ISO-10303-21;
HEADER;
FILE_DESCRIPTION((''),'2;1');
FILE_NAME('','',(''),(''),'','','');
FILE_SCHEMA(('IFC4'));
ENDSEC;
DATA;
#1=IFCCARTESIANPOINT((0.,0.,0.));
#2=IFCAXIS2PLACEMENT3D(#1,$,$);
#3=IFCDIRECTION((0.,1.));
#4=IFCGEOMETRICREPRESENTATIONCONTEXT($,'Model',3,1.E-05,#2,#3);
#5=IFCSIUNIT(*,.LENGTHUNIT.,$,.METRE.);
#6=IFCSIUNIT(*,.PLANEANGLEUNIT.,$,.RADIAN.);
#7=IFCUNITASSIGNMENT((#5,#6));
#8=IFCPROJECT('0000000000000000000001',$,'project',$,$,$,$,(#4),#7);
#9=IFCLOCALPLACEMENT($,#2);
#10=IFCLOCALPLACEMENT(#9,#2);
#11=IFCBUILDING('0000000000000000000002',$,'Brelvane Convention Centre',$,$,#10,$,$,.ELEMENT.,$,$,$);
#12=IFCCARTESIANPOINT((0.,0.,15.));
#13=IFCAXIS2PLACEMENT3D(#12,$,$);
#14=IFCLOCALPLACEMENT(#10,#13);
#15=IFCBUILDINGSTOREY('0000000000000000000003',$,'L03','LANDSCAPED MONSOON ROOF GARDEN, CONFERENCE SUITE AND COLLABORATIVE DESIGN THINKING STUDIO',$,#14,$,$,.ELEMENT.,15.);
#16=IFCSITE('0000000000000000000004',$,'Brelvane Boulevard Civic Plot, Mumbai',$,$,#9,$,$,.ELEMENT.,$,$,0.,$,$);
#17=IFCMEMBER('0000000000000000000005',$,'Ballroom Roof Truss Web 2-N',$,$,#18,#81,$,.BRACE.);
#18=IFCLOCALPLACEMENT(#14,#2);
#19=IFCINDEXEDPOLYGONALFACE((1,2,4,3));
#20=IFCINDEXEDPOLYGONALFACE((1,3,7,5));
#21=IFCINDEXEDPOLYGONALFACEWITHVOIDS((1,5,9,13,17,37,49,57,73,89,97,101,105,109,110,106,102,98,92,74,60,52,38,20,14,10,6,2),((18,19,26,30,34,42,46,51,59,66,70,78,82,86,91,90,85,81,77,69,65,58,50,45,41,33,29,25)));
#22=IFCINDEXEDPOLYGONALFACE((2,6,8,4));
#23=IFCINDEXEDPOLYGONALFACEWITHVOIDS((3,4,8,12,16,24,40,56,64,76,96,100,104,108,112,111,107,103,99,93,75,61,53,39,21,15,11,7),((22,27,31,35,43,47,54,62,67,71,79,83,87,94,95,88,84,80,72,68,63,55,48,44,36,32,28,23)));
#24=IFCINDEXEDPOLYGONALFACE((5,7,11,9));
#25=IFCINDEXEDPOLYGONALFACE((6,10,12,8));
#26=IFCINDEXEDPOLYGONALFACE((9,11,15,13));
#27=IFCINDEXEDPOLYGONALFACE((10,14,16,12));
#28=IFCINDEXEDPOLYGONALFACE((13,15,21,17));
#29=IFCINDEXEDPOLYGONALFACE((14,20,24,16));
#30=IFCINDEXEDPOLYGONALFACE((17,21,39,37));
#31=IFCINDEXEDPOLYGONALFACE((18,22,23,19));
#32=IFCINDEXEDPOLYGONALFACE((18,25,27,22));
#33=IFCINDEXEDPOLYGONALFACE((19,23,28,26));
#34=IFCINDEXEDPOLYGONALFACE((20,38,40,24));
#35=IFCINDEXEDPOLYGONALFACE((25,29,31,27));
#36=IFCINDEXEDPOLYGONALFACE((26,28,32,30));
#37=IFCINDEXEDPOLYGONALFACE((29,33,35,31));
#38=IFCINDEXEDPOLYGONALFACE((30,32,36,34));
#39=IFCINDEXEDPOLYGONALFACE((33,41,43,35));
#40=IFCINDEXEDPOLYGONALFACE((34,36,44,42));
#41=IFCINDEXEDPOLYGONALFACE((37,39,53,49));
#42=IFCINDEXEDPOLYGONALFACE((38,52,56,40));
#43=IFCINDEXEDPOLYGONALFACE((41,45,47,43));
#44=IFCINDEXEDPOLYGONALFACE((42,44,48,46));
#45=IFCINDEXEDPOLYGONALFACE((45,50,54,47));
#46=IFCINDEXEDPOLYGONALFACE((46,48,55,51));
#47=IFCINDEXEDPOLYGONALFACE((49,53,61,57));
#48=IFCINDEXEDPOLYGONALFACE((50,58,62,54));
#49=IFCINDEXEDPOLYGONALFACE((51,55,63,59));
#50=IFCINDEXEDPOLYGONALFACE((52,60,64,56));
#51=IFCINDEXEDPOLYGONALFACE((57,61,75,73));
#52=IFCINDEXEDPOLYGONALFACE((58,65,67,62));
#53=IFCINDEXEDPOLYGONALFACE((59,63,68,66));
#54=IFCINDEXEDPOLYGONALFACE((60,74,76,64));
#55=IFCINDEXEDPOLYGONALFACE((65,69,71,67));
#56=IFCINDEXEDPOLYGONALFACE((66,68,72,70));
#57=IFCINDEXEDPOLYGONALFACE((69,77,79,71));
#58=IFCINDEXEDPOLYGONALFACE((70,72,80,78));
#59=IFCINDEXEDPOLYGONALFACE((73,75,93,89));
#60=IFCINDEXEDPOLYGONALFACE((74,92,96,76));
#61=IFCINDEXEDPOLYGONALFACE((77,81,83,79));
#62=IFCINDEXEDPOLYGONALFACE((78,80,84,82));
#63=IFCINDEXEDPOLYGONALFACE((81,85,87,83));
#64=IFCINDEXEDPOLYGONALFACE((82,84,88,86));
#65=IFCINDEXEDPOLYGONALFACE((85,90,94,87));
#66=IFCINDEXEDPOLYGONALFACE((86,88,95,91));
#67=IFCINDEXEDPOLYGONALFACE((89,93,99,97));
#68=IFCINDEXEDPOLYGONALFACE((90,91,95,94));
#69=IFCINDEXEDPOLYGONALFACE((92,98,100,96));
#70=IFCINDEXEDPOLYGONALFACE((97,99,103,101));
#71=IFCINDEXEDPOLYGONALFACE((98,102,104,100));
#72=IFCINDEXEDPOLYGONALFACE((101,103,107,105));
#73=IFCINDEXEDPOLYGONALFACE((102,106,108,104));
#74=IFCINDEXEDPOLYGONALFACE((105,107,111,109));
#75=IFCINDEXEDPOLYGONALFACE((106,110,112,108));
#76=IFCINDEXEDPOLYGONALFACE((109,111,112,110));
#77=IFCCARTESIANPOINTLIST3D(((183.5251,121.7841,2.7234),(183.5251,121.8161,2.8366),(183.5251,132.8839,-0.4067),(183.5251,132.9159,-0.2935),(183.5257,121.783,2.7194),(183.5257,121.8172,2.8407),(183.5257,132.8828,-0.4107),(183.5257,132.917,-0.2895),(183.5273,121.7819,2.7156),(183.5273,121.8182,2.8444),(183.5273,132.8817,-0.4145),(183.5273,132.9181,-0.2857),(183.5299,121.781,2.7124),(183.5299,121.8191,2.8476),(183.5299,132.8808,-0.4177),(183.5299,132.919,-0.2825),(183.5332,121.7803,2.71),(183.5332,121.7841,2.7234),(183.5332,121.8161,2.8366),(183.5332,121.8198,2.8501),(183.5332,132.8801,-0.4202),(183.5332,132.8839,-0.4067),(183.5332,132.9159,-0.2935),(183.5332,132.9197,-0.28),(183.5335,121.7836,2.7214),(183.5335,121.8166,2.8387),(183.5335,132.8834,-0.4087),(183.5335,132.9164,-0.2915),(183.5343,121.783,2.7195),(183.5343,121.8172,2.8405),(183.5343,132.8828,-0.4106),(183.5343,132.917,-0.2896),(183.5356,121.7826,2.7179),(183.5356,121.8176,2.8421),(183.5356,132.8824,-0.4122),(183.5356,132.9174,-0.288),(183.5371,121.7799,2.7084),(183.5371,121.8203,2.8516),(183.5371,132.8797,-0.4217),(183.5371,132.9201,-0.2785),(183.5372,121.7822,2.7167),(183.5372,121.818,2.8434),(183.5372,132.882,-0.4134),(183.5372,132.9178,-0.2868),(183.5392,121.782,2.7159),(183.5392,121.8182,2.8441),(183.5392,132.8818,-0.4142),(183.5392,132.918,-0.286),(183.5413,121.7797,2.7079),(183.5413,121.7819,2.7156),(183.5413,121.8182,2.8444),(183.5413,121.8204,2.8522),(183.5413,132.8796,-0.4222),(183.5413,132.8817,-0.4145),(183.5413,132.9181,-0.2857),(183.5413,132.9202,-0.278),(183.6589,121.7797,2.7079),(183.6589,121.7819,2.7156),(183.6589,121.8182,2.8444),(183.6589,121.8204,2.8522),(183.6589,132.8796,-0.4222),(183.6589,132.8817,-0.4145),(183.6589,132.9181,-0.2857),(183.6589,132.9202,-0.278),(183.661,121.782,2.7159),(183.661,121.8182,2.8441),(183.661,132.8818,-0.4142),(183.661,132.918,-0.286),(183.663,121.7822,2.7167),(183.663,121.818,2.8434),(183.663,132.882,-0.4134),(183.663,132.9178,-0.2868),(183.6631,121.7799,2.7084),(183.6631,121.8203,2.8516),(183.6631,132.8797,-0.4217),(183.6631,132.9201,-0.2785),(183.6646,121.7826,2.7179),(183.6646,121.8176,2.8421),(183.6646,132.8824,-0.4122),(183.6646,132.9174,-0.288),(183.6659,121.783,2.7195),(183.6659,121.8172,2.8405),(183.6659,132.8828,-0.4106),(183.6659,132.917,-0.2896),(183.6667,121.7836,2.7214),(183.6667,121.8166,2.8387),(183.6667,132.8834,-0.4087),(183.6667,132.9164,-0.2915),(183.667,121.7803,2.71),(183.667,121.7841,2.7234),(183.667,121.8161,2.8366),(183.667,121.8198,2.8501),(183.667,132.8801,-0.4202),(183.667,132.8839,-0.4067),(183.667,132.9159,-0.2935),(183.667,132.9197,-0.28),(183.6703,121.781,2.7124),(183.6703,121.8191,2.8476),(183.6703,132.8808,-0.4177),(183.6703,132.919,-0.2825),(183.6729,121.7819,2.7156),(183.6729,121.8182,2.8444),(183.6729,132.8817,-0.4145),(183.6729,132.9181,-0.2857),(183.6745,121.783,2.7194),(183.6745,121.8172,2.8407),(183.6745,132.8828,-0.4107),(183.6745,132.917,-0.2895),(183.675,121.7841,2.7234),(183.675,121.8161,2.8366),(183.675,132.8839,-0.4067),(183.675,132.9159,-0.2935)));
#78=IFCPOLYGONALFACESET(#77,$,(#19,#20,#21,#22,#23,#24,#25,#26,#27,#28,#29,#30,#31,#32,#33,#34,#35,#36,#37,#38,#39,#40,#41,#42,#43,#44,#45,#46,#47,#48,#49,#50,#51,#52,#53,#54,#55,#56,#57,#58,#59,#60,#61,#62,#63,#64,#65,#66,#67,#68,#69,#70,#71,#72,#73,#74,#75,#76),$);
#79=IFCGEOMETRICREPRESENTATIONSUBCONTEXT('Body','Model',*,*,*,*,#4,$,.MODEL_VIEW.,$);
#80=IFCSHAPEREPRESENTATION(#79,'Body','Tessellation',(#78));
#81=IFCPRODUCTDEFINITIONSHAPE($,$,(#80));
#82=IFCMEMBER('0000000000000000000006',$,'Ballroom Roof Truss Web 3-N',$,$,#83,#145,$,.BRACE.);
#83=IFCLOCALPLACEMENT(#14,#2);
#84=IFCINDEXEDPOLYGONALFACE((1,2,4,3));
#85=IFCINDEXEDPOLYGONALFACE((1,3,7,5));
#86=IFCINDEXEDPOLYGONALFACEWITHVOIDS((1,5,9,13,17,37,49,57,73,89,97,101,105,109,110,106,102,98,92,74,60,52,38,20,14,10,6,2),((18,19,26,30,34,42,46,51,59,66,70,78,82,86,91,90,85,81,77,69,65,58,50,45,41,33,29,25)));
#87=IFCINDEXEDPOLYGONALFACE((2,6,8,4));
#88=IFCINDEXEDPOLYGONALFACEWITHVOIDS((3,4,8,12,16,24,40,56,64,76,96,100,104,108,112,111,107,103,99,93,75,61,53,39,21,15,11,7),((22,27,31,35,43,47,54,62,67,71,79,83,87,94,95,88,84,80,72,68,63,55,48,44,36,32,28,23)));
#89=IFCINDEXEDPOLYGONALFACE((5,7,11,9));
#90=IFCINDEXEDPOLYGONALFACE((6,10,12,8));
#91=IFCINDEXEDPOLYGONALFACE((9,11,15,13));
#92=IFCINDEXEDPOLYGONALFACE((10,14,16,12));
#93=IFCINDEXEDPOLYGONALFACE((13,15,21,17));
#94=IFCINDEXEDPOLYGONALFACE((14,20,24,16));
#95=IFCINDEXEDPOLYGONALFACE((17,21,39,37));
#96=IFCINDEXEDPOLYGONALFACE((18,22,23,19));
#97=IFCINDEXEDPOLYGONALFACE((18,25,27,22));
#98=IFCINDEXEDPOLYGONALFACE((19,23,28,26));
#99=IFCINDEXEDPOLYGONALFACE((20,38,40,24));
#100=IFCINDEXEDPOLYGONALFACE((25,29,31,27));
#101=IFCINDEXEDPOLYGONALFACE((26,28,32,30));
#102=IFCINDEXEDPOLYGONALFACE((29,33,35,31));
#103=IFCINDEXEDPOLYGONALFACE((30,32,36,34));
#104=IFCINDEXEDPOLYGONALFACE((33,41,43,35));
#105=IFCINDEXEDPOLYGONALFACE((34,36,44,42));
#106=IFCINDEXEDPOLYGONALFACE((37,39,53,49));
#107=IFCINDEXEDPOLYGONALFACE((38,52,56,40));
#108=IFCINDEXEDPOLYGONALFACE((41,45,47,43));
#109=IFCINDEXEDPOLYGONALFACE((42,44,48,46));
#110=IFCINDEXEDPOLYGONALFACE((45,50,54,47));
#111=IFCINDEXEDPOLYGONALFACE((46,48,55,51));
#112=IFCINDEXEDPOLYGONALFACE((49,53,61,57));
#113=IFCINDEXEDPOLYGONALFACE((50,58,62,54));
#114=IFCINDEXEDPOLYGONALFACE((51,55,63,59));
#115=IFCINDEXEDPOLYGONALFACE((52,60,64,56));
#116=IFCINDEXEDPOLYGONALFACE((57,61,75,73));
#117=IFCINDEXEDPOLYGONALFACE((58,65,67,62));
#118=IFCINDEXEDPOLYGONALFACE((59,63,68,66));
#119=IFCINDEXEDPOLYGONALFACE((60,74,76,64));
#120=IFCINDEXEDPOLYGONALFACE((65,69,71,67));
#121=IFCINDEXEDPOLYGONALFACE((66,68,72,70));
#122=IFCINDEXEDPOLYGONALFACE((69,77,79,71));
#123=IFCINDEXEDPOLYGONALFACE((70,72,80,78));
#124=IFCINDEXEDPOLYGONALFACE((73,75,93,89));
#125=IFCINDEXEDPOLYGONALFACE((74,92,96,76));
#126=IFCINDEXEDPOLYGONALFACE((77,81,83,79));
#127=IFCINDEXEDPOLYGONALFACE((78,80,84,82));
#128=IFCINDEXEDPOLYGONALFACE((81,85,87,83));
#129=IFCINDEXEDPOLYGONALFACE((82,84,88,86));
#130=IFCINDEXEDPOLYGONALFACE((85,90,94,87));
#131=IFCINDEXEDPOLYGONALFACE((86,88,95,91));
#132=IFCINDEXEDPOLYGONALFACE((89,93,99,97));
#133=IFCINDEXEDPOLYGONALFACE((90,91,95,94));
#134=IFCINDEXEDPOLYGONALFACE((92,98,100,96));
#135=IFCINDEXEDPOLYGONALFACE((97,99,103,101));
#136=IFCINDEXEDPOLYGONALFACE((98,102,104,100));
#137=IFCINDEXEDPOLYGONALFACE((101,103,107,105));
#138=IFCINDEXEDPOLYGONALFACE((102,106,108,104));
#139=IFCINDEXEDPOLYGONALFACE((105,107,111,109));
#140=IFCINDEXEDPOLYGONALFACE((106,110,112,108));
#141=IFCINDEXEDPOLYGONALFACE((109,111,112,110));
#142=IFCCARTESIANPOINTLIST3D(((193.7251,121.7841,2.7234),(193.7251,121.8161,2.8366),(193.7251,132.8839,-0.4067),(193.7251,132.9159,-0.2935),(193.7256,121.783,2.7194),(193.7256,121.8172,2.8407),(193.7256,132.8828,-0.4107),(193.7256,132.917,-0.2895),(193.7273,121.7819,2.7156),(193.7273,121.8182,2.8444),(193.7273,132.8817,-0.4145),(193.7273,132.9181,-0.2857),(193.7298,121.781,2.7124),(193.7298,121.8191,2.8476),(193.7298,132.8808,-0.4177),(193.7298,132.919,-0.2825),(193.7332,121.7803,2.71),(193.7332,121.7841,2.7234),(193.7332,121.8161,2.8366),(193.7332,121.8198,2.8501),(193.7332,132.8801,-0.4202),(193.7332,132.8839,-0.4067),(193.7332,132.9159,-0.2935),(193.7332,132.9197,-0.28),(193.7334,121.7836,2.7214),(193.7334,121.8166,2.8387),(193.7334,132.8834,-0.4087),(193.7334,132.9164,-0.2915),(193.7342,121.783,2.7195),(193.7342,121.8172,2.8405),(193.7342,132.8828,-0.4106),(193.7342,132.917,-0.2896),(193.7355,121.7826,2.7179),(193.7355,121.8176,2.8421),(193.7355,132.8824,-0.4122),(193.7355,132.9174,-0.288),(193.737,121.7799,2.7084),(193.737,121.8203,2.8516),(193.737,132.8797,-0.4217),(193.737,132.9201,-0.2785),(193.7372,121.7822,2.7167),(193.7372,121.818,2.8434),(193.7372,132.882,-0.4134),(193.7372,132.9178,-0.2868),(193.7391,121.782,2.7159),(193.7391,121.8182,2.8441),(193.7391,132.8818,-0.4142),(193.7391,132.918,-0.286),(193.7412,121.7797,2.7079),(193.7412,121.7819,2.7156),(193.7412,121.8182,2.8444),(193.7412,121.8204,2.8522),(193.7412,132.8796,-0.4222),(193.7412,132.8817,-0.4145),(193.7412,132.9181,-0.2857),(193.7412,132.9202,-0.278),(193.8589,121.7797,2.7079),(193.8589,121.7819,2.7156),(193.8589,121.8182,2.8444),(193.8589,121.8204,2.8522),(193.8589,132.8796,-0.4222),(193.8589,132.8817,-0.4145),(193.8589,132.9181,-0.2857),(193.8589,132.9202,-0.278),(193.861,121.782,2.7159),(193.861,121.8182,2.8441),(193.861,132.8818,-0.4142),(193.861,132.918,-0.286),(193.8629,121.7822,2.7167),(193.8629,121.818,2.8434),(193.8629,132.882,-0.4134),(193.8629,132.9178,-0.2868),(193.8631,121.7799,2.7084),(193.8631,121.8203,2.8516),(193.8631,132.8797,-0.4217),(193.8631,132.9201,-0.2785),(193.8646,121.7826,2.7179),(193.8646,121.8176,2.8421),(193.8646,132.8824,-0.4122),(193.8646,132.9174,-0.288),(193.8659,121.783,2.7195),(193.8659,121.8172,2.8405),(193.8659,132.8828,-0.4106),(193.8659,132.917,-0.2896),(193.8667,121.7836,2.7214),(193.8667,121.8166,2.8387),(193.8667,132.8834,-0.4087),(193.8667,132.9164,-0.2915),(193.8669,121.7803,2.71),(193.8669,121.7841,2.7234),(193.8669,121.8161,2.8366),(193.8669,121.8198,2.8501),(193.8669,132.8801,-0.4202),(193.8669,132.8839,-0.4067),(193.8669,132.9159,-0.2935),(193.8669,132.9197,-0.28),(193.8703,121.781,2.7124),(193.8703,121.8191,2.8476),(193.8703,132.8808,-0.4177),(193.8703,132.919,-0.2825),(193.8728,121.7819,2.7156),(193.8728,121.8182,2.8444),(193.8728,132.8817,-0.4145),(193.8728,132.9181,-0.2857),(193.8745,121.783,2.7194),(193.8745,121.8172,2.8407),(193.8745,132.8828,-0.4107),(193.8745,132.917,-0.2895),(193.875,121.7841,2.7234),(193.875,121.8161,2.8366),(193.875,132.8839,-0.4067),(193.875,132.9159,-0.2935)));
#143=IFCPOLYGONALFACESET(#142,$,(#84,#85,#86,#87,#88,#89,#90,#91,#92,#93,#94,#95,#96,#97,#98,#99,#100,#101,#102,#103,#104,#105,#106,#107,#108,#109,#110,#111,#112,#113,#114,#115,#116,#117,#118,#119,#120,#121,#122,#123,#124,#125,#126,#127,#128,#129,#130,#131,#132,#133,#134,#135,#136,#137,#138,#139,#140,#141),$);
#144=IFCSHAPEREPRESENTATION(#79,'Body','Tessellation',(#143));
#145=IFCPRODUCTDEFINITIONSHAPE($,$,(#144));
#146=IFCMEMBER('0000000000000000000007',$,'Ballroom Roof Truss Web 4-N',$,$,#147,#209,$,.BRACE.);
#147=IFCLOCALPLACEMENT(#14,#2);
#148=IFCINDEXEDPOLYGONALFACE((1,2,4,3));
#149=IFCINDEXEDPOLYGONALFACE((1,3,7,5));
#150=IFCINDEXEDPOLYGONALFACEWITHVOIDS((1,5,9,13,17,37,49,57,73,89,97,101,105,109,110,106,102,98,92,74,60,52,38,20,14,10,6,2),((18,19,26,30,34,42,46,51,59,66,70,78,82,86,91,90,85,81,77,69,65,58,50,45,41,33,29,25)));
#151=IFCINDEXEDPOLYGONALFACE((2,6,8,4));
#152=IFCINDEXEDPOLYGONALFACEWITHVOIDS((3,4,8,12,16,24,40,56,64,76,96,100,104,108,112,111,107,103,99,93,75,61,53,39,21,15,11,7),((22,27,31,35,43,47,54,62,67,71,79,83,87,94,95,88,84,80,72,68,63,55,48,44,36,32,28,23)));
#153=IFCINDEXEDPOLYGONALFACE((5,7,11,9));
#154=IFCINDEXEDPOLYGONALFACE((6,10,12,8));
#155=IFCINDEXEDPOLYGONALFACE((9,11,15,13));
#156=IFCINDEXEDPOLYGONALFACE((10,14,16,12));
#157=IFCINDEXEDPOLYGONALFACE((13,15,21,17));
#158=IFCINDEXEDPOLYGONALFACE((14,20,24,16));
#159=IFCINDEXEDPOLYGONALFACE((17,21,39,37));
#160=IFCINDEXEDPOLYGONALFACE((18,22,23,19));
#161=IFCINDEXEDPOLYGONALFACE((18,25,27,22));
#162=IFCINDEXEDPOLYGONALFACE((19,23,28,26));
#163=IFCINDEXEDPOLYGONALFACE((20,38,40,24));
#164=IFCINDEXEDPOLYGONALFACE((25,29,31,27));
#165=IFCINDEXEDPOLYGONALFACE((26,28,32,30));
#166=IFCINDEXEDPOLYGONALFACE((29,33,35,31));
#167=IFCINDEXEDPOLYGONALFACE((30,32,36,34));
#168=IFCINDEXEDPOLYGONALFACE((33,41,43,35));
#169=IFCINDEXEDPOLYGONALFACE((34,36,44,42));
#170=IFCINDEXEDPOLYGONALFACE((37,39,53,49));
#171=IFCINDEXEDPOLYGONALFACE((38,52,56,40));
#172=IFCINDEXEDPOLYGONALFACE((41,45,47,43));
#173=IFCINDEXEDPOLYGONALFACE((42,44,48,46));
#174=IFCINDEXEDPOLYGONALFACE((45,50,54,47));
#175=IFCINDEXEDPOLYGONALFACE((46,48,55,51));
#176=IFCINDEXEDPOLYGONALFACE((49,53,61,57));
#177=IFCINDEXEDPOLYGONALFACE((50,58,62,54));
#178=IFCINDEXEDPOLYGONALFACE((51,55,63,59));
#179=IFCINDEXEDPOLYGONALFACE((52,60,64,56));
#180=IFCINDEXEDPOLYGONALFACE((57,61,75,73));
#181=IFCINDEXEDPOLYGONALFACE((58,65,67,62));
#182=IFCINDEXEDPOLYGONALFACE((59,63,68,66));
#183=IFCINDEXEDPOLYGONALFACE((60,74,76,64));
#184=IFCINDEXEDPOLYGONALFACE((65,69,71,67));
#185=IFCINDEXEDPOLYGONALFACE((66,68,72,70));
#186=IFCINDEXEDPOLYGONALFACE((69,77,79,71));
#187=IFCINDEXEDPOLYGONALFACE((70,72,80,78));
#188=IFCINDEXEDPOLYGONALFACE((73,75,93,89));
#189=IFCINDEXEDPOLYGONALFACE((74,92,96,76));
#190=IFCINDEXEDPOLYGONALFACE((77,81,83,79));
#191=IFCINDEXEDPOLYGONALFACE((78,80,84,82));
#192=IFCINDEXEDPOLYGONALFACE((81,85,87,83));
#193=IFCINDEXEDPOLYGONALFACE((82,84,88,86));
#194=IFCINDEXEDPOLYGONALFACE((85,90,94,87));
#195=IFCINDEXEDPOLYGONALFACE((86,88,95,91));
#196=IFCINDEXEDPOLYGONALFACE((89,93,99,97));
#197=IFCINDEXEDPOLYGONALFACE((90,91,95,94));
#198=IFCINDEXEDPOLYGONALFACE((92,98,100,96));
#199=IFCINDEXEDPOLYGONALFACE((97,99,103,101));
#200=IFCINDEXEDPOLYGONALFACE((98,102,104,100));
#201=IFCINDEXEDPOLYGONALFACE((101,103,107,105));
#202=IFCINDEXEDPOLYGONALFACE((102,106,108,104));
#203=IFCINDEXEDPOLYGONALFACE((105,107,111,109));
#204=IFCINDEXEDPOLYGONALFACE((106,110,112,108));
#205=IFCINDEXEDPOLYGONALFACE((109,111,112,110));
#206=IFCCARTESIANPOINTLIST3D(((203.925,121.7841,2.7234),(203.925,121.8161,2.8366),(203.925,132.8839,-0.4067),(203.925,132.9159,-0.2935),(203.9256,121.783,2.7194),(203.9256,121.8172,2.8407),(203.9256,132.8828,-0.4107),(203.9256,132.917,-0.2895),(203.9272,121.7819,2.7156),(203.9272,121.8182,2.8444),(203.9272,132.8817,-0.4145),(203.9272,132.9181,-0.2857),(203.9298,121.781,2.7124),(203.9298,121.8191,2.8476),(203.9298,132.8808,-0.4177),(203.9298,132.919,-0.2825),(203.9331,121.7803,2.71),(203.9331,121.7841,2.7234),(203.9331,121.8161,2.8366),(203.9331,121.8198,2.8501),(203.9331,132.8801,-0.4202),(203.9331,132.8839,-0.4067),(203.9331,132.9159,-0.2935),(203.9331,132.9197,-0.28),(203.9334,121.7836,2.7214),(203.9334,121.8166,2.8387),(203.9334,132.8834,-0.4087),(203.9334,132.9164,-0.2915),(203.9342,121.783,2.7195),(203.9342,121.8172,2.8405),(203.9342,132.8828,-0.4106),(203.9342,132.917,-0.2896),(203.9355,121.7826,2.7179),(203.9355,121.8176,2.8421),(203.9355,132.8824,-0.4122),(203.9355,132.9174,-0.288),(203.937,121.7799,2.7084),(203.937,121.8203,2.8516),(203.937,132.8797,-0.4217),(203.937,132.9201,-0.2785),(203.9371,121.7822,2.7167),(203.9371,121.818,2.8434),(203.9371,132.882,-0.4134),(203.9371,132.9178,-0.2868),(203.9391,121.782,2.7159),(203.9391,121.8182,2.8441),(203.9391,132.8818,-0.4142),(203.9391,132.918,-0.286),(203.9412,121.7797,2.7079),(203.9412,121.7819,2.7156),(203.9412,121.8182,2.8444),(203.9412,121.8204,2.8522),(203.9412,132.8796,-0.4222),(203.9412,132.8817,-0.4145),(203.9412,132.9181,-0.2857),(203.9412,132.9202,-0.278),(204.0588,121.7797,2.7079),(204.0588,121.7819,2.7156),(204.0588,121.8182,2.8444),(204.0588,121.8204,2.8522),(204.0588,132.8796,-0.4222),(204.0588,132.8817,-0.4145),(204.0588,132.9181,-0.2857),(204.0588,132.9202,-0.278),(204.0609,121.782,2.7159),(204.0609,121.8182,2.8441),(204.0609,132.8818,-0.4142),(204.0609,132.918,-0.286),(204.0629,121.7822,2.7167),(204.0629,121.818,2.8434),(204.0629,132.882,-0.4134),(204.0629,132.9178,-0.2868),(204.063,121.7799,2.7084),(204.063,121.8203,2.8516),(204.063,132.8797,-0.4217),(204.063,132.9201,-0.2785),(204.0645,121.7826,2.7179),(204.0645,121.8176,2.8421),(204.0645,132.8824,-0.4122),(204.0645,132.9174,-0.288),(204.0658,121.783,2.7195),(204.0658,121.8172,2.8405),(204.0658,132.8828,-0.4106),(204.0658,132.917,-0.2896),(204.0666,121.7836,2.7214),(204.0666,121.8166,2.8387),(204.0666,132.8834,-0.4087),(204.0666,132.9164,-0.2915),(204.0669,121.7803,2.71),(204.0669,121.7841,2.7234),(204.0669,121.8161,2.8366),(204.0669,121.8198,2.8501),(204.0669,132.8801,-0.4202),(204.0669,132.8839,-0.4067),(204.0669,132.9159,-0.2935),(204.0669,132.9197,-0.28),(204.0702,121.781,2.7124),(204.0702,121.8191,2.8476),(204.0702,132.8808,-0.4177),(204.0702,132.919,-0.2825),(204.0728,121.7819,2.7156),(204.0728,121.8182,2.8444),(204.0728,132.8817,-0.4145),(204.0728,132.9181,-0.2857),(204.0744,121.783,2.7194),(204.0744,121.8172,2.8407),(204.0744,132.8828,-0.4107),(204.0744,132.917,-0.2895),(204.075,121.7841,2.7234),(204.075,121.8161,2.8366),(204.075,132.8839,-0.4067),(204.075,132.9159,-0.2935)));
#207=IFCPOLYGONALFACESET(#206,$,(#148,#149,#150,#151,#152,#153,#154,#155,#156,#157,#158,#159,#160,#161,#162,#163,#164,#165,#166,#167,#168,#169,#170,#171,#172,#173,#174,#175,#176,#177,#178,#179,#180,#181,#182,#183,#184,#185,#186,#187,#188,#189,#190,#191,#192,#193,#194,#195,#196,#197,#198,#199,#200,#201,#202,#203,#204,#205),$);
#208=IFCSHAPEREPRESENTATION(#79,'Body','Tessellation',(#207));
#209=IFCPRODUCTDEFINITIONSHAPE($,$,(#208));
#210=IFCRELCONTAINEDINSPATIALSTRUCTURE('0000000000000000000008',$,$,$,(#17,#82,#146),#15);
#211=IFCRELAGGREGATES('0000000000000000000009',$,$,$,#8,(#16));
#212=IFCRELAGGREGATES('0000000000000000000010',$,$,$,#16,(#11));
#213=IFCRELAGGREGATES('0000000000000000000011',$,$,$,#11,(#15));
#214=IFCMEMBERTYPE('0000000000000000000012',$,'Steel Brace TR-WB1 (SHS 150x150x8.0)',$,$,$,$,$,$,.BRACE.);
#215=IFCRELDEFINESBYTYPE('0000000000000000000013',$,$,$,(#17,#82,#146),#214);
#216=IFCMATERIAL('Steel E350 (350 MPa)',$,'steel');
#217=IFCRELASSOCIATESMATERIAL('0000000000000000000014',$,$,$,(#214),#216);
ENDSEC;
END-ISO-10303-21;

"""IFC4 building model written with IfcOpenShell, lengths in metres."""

from ifc_helpers import new_model, si_unit, direction, frame, origin, origin_2d, place, context, subcontext, project, spatial, hollow_rectangle, extrude, material, material_profile, profile_set, type_object, element, save


model = new_model("IFC4")

# Units and contexts
model_context = context("Model", 3, precision=1e-05, world=origin(), true_north=direction((0.0, 1.0)))
body_context = subcontext(model_context, "Body", "Model", "MODEL_VIEW")
ifc_project = project(units=[si_unit("LENGTHUNIT", "METRE"), si_unit("PLANEANGLEUNIT", "RADIAN")], contexts=[model_context])

# Site, building, storey
site_placement = place(None, origin())
site = spatial("IfcSite", under=ifc_project, at=site_placement, Name="Brelvane Boulevard Civic Plot, Mumbai", CompositionType="ELEMENT", RefElevation=0.0)
building_placement = place(site_placement, origin())
building = spatial("IfcBuilding", under=site, at=building_placement, Name="Brelvane Convention Centre", CompositionType="ELEMENT")
storey_placement = place(building_placement, frame((0.0, 0.0, 15.0)))
storey = spatial("IfcBuildingStorey", under=building, at=storey_placement, Name="L03", Description="LANDSCAPED MONSOON ROOF GARDEN, CONFERENCE SUITE AND COLLABORATIVE DESIGN THINKING STUDIO", CompositionType="ELEMENT", Elevation=15.0)

# Members
ifc_material_1 = material(Name="Steel E350 (350 MPa)", Category="steel")
ifc_material_profile_1 = material_profile(ifc_material_1, hollow_rectangle(XDim=0.1499, YDim=0.1499, WallThickness=0.0081, InnerFilletRadius=0.0081, OuterFilletRadius=0.0161, at=origin_2d()), Name="SHS 150x150x8.0")
ifc_profile_set_1 = profile_set([ifc_material_profile_1], Name="Steel E350 (350 MPa)")
member_type_1 = type_object("IfcMemberType", Name="Steel Brace TR-WB1 (SHS 150x150x8.0)", PredefinedType="BRACE", material=ifc_profile_set_1)
for number, where, z_axis, x_axis, name in (
    (1, (183.6001, 132.8999, -0.3501), (0.0, -0.962463, 0.271412), (1.0, 0.0, 0.0), "Ballroom Roof Truss Web 2-N"),
    (2, (193.8, 132.8999, -0.3501), (0.0, -0.962463, 0.271412), (1.0, 0.0, 0.0), "Ballroom Roof Truss Web 3-N"),
    (3, (204.0, 132.8999, -0.3501), (0.0, -0.962463, 0.271412), (1.0, 0.0, 0.0), "Ballroom Roof Truss Web 4-N"),
):
    element("IfcMember", number, at=place(storey_placement, frame(where, z_axis=z_axis, x_axis=x_axis)), inside=storey, type_object=member_type_1, Name=name, PredefinedType="BRACE", context=body_context, shape_type="SweptSolid", body=[
        extrude(hollow_rectangle(XDim=0.1499, YDim=0.1499, WallThickness=0.0081, InnerFilletRadius=0.0081, OuterFilletRadius=0.0161, at=origin_2d()), origin(), (0.0, 0.0, 1.0), 11.5327),
    ])

save(model, "model.ifc")
